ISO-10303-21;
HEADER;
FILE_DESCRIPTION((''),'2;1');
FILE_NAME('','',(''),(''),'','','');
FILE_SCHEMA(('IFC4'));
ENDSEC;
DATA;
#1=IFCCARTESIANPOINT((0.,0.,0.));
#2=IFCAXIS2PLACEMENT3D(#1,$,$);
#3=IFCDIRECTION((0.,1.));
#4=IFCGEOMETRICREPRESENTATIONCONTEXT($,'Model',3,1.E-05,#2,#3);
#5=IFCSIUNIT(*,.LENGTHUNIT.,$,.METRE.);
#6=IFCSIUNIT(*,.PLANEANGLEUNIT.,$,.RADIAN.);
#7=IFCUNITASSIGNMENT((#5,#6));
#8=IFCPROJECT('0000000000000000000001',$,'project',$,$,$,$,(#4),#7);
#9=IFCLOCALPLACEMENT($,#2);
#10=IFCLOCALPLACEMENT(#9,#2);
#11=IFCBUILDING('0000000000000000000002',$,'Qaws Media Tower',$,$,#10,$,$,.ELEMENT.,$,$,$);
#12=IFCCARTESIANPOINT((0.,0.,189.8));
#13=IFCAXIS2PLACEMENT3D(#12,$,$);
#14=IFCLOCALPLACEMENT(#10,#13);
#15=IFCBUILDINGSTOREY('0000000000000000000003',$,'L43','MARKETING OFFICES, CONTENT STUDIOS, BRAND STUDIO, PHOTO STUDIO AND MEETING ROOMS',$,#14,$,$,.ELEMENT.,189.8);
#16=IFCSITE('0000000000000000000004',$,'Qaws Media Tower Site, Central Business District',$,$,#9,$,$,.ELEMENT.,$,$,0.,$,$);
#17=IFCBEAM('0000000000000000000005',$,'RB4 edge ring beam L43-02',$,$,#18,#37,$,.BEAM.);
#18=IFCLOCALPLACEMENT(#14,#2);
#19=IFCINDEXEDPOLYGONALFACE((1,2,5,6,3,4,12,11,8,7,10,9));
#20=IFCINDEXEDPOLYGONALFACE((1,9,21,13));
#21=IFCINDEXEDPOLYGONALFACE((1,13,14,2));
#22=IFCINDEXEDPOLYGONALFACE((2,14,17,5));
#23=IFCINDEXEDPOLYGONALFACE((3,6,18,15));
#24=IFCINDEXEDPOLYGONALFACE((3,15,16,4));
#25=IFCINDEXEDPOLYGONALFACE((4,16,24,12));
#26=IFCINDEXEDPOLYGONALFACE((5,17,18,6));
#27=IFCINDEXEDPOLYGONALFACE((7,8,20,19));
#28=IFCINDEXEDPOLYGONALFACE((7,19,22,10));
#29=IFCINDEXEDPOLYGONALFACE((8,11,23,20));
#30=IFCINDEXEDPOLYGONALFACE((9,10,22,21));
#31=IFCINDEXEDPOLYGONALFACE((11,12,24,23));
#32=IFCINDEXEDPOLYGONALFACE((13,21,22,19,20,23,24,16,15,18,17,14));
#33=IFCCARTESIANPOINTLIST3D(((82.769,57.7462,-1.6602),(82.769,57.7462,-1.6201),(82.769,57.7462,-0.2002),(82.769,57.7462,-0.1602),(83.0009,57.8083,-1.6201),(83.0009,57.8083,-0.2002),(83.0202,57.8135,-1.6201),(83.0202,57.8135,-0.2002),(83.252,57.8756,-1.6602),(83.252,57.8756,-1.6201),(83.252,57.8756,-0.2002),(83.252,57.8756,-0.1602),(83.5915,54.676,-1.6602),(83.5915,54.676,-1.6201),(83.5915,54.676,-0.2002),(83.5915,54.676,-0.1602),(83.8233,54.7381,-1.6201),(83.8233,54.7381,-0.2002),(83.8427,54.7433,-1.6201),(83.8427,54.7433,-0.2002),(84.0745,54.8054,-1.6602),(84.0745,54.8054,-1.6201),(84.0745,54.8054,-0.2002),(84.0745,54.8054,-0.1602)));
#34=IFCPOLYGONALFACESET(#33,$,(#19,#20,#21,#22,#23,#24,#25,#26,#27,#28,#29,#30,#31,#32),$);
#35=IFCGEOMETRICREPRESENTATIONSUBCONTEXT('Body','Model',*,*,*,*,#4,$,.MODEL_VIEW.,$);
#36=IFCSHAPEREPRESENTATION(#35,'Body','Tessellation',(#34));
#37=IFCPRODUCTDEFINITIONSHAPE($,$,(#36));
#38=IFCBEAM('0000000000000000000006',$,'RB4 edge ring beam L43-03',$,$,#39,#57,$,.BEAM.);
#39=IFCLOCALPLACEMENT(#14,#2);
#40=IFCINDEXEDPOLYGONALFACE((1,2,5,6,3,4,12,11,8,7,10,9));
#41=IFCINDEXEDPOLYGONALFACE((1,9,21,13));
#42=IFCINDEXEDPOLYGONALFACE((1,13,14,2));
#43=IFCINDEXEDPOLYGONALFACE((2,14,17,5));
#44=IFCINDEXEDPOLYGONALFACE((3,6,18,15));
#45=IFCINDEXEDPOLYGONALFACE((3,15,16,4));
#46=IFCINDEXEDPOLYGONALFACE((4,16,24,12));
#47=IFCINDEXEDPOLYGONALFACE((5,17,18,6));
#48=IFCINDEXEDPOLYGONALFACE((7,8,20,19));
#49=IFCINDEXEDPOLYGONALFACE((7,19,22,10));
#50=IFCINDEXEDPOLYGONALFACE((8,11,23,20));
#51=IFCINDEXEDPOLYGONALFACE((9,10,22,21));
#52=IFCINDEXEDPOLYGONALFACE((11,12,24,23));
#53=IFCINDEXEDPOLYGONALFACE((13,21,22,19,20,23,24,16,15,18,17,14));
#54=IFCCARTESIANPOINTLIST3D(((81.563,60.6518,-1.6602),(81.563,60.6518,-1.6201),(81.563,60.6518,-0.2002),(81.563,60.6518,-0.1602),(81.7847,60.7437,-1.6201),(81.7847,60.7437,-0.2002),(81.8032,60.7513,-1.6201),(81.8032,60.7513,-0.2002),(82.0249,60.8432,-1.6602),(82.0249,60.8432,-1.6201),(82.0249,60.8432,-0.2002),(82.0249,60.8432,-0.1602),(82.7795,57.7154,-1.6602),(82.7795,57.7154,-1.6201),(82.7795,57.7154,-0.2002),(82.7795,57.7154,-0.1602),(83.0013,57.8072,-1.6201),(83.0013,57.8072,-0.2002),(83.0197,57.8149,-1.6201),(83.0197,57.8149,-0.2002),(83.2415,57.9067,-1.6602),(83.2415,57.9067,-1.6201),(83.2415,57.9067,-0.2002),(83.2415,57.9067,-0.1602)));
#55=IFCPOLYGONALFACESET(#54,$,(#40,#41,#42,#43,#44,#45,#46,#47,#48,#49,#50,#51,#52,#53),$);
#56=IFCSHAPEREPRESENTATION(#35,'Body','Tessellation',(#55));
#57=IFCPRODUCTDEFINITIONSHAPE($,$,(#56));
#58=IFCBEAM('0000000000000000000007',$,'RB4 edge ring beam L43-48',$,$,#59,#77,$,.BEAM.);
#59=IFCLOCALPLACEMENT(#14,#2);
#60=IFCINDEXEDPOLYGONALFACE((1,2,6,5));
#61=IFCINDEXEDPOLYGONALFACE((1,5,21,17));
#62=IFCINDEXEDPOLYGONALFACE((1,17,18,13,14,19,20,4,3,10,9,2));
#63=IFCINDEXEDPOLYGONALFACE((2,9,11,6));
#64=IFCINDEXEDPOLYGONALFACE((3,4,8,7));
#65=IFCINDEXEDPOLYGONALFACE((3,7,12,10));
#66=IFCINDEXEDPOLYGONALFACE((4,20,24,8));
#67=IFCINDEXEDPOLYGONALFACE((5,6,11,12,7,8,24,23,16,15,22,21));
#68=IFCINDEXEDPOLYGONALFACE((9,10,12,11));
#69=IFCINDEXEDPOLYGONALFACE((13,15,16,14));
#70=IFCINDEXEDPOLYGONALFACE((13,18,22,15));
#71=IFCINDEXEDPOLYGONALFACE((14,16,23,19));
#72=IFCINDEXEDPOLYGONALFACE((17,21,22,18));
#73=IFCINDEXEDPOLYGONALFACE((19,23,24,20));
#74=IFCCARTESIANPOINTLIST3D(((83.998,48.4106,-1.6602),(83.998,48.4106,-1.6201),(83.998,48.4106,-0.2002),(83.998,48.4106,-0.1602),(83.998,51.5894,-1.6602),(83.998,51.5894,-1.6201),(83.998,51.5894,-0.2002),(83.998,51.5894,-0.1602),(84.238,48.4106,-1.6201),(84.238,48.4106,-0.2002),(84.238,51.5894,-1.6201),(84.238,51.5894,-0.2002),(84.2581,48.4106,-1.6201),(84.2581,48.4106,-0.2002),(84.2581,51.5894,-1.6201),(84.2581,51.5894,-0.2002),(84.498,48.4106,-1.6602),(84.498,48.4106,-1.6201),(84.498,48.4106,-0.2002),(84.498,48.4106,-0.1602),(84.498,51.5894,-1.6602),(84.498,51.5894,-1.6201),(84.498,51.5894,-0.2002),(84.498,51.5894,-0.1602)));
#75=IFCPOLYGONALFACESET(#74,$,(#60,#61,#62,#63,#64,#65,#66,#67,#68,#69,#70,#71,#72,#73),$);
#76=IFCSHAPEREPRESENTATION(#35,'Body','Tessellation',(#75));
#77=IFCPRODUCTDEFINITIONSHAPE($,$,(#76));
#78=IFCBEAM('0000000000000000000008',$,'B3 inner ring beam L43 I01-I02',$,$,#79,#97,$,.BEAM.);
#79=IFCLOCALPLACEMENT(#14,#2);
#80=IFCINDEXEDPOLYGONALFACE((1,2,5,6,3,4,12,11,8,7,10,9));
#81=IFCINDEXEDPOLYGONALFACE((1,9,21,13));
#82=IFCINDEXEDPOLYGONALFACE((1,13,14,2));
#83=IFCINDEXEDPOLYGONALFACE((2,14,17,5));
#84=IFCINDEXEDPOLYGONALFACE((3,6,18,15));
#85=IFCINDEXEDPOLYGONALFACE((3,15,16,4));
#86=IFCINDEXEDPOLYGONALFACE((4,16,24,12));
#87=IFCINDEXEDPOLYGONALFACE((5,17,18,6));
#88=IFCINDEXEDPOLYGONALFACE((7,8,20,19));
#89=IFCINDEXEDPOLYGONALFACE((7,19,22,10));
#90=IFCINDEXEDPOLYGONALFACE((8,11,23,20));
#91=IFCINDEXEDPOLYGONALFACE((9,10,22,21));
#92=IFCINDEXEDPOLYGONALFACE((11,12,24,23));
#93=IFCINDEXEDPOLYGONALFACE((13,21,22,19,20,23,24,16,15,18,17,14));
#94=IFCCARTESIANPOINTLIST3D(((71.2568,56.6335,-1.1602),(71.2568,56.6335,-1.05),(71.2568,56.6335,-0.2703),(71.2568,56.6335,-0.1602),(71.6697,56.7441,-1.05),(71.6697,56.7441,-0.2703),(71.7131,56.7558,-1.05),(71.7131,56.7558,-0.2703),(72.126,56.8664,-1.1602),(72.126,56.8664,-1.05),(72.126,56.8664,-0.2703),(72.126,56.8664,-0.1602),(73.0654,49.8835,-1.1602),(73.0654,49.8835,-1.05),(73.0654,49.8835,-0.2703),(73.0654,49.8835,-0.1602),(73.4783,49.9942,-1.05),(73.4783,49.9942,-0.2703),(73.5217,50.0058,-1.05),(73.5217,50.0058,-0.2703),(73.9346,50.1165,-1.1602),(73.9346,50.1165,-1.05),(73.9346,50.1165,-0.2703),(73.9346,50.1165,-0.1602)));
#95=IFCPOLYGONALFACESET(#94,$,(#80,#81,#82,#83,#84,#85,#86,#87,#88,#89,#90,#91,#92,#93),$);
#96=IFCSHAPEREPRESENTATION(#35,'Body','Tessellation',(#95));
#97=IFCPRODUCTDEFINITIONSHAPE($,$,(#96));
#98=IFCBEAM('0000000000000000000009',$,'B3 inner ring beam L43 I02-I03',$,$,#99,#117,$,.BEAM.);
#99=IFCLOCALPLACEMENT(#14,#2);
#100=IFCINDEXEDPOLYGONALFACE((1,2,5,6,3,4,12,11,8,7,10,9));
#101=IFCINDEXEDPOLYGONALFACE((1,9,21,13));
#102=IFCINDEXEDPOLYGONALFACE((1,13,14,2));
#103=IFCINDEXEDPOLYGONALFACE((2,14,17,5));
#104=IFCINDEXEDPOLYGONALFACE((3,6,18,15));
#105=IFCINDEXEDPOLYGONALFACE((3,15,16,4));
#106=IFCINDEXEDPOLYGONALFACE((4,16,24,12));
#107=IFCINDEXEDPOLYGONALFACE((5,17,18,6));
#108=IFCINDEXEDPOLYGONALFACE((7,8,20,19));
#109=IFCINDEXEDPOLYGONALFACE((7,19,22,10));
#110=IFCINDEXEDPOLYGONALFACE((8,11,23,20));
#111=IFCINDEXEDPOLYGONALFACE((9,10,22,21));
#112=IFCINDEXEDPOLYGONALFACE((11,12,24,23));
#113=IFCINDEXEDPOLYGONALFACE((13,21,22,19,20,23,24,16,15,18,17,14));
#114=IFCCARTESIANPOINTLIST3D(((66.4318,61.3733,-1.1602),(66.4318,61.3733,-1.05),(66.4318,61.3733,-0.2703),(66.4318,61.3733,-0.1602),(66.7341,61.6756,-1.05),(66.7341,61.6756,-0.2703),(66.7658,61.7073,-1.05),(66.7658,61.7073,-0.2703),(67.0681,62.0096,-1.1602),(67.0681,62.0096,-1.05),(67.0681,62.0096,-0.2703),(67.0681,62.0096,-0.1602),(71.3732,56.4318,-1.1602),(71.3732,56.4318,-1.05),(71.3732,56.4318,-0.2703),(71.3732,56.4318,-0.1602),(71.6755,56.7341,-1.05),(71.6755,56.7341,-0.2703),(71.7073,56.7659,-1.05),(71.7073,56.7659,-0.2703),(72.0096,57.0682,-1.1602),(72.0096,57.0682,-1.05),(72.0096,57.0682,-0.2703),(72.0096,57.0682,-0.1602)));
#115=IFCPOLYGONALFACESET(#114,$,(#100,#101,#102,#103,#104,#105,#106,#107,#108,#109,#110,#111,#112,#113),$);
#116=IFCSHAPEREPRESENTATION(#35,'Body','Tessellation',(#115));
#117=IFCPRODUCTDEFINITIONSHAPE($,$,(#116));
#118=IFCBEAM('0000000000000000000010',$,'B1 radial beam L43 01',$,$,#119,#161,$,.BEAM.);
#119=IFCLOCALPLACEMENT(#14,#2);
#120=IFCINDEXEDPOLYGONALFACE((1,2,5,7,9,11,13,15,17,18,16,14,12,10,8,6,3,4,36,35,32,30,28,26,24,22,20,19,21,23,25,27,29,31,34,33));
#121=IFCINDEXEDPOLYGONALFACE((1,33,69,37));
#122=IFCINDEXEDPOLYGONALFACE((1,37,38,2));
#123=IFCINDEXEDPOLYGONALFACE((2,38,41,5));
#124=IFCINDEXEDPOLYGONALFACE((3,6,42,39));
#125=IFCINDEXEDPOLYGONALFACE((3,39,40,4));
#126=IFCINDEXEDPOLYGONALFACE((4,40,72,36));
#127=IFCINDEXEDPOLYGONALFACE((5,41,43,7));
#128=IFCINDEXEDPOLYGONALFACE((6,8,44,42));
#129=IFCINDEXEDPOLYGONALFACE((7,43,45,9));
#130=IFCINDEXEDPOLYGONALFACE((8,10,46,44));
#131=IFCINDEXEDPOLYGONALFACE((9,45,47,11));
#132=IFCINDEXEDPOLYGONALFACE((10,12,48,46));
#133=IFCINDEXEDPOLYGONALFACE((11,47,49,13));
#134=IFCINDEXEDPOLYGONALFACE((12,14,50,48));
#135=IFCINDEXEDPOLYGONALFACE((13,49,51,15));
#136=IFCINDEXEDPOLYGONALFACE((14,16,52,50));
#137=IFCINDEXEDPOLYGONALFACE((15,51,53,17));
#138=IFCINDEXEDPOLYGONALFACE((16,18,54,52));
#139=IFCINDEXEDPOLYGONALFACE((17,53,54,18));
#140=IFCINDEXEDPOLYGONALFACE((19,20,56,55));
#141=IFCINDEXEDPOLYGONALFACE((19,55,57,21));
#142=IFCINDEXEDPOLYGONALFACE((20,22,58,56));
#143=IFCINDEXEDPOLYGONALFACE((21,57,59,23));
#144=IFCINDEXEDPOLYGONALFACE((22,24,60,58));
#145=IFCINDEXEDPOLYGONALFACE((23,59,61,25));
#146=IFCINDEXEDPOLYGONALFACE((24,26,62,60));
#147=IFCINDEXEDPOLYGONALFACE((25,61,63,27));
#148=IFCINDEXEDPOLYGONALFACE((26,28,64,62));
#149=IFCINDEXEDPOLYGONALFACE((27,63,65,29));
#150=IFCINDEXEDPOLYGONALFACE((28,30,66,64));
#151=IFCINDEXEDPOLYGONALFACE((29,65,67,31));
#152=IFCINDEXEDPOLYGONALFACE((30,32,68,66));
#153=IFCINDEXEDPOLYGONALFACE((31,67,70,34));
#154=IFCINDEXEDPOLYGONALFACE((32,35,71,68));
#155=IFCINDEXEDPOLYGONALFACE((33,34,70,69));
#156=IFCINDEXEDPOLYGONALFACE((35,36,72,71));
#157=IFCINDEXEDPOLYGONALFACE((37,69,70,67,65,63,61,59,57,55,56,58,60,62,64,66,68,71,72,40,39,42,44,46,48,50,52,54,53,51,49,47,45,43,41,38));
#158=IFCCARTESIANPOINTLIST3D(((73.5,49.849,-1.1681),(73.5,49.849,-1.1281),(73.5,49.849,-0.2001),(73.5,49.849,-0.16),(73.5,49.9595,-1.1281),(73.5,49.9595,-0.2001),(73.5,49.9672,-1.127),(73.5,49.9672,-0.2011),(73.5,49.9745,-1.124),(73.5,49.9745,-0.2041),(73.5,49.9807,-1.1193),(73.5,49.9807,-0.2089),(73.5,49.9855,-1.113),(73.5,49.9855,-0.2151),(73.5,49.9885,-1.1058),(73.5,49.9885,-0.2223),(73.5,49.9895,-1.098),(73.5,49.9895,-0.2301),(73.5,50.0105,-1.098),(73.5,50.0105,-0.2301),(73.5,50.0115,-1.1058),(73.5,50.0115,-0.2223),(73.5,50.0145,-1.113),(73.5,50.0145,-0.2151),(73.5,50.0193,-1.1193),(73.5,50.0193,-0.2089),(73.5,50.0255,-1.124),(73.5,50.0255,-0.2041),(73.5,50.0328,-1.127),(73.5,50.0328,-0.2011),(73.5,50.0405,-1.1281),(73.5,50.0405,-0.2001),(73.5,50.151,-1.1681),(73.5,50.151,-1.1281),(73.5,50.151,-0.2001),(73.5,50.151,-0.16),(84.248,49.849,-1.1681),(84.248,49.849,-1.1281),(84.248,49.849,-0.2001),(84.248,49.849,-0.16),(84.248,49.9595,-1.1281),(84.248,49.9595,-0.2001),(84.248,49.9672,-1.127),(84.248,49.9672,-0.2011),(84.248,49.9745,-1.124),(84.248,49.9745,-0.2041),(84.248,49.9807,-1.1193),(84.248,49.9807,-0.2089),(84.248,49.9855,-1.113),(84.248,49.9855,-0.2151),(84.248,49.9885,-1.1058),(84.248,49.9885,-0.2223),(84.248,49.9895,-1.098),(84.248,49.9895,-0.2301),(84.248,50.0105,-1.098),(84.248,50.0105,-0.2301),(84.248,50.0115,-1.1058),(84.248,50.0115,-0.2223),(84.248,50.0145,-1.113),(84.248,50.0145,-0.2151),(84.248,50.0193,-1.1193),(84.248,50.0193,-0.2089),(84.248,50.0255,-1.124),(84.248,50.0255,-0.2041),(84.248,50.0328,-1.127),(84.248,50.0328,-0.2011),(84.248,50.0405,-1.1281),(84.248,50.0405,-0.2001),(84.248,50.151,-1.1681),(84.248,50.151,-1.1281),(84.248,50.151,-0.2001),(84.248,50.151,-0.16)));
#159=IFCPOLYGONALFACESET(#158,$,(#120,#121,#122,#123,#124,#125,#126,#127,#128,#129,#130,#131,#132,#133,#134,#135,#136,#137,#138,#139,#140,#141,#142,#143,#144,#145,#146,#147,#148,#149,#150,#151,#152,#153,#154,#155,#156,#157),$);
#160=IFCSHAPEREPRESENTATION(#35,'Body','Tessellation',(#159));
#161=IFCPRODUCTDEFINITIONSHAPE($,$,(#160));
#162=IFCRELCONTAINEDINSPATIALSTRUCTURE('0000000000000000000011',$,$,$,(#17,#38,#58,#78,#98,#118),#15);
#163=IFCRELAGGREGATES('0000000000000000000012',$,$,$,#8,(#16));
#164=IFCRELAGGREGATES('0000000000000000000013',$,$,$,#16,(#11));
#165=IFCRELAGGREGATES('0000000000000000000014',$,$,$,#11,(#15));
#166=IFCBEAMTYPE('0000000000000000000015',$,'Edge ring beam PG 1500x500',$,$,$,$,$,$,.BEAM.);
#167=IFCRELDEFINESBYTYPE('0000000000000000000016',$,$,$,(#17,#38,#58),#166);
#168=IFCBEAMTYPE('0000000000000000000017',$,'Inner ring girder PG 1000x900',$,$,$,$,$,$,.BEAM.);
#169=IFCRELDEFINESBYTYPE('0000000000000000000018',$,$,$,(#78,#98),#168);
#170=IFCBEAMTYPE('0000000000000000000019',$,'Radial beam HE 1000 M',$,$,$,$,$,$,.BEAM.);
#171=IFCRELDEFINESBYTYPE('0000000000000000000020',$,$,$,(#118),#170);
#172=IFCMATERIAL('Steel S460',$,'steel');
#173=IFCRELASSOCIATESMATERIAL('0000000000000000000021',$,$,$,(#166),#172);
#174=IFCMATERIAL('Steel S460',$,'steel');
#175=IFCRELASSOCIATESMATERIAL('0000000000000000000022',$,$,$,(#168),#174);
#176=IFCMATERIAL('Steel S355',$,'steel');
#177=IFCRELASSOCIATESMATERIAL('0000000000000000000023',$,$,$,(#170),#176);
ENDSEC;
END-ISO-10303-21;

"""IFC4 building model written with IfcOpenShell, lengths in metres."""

from ifc_helpers import new_model, si_unit, direction, frame, origin, origin_2d, place, context, subcontext, project, spatial, i_section, extrude, material, material_profile, profile_set, type_object, element, save


model = new_model("IFC4")

# Units and contexts
model_context = context("Model", 3, precision=1e-05, world=origin(), true_north=direction((0.0, 1.0)))
body_context = subcontext(model_context, "Body", "Model", "MODEL_VIEW")
ifc_project = project(units=[si_unit("LENGTHUNIT", "METRE"), si_unit("PLANEANGLEUNIT", "RADIAN")], contexts=[model_context])

# Site, building, storey
site_placement = place(None, origin())
site = spatial("IfcSite", under=ifc_project, at=site_placement, Name="Qaws Media Tower Site, Central Business District", CompositionType="ELEMENT", RefElevation=0.0)
building_placement = place(site_placement, origin())
building = spatial("IfcBuilding", under=site, at=building_placement, Name="Qaws Media Tower", CompositionType="ELEMENT")
storey_placement = place(building_placement, frame((0.0, 0.0, 189.8)))
storey = spatial("IfcBuildingStorey", under=building, at=storey_placement, Name="L43", Description="MARKETING OFFICES, CONTENT STUDIOS, BRAND STUDIO, PHOTO STUDIO AND MEETING ROOMS", CompositionType="ELEMENT", Elevation=189.8)

# Beams
ifc_material_1 = material(Name="Steel S460", Category="steel")
ifc_material_profile_1 = material_profile(ifc_material_1, i_section(OverallWidth=0.5, OverallDepth=1.5, WebThickness=0.02, FlangeThickness=0.04, at=origin_2d()), Name="PG 1500x500")
ifc_profile_set_1 = profile_set([ifc_material_profile_1], Name="Steel S460")
beam_type_1 = type_object("IfcBeamType", Name="Edge ring beam PG 1500x500", PredefinedType="BEAM", material=ifc_profile_set_1)
for number, where, z_axis, x_axis, name in (
    (1, (83.833, 54.7407, -0.9102), (-0.258767, 0.96594, 0.0), (-0.96594, -0.258767, 0.0), "RB4 edge ring beam L43-02"),
    (2, (83.0105, 57.811, -0.9102), (-0.382738, 0.923857, 0.0), (-0.923857, -0.382738, 0.0), "RB4 edge ring beam L43-03"),
):
    element("IfcBeam", number, at=place(storey_placement, frame(where, z_axis=z_axis, x_axis=x_axis)), inside=storey, type_object=beam_type_1, Name=name, PredefinedType="BEAM", context=body_context, shape_type="SweptSolid", body=[
        extrude(i_section(OverallWidth=0.5, OverallDepth=1.5, WebThickness=0.02, FlangeThickness=0.04, at=origin_2d()), origin(), (0.0, 0.0, 1.0), 3.1785),
    ])
beam_1_placement = place(storey_placement, frame((84.248, 48.4106, -0.9102), z_axis=(0.0, 1.0, 0.0), x_axis=(-1.0, 0.0, 0.0)))
element("IfcBeam", 3, at=beam_1_placement, inside=storey, type_object=beam_type_1, Name="RB4 edge ring beam L43-48", PredefinedType="BEAM", context=body_context, shape_type="SweptSolid", body=[
    extrude(i_section(OverallWidth=0.5, OverallDepth=1.5, WebThickness=0.02, FlangeThickness=0.04, at=origin_2d()), origin(), (0.0, 0.0, 1.0), 3.1787),
])
ifc_material_2 = material(Name="Steel S460", Category="steel")
ifc_material_profile_2 = material_profile(ifc_material_2, i_section(OverallWidth=0.8999, OverallDepth=1.0, WebThickness=0.0449, FlangeThickness=0.1101, at=origin_2d()), Name="PG 1000x900")
ifc_profile_set_2 = profile_set([ifc_material_profile_2], Name="Steel S460")
beam_type_2 = type_object("IfcBeamType", Name="Inner ring girder PG 1000x900", PredefinedType="BEAM", material=ifc_profile_set_2)
beam_2_placement = place(storey_placement, frame((73.5, 50.0, -0.6602), z_axis=(-0.258811, 0.965928, 0.0), x_axis=(-0.965928, -0.258811, 0.0)))
element("IfcBeam", 4, at=beam_2_placement, inside=storey, type_object=beam_type_2, Name="B3 inner ring beam L43 I01-I02", PredefinedType="BEAM", context=body_context, shape_type="SweptSolid", body=[
    extrude(i_section(OverallWidth=0.8999, OverallDepth=1.0, WebThickness=0.0449, FlangeThickness=0.1101, at=origin_2d()), origin(), (0.0, 0.0, 1.0), 6.988),
])
beam_3_placement = place(storey_placement, frame((71.6914, 56.75, -0.6602), z_axis=(-0.707107, 0.707107, 0.0), x_axis=(-0.707107, -0.707107, 0.0)))
element("IfcBeam", 5, at=beam_3_placement, inside=storey, type_object=beam_type_2, Name="B3 inner ring beam L43 I02-I03", PredefinedType="BEAM", context=body_context, shape_type="SweptSolid", body=[
    extrude(i_section(OverallWidth=0.8999, OverallDepth=1.0, WebThickness=0.0449, FlangeThickness=0.1101, at=origin_2d()), origin(), (0.0, 0.0, 1.0), 6.9883),
])
ifc_material_3 = material(Name="Steel S355", Category="steel")
ifc_material_profile_3 = material_profile(ifc_material_3, i_section(OverallWidth=0.302, OverallDepth=1.0081, WebThickness=0.021, FlangeThickness=0.04, FilletRadius=0.03, at=origin_2d()), Name="HE 1000 M")
ifc_profile_set_3 = profile_set([ifc_material_profile_3], Name="Steel S355")
beam_type_3 = type_object("IfcBeamType", Name="Radial beam HE 1000 M", PredefinedType="BEAM", material=ifc_profile_set_3)
beam_4_placement = place(storey_placement, frame((73.5, 50.0, -0.6641), z_axis=(1.0, 0.0, 0.0), x_axis=(0.0, 1.0, 0.0)))
element("IfcBeam", 6, at=beam_4_placement, inside=storey, type_object=beam_type_3, Name="B1 radial beam L43 01", PredefinedType="BEAM", context=body_context, shape_type="SweptSolid", body=[
    extrude(i_section(OverallWidth=0.302, OverallDepth=1.0081, WebThickness=0.021, FlangeThickness=0.04, FilletRadius=0.03, at=origin_2d()), origin(), (0.0, 0.0, 1.0), 10.748),
])

save(model, "model.ifc")
